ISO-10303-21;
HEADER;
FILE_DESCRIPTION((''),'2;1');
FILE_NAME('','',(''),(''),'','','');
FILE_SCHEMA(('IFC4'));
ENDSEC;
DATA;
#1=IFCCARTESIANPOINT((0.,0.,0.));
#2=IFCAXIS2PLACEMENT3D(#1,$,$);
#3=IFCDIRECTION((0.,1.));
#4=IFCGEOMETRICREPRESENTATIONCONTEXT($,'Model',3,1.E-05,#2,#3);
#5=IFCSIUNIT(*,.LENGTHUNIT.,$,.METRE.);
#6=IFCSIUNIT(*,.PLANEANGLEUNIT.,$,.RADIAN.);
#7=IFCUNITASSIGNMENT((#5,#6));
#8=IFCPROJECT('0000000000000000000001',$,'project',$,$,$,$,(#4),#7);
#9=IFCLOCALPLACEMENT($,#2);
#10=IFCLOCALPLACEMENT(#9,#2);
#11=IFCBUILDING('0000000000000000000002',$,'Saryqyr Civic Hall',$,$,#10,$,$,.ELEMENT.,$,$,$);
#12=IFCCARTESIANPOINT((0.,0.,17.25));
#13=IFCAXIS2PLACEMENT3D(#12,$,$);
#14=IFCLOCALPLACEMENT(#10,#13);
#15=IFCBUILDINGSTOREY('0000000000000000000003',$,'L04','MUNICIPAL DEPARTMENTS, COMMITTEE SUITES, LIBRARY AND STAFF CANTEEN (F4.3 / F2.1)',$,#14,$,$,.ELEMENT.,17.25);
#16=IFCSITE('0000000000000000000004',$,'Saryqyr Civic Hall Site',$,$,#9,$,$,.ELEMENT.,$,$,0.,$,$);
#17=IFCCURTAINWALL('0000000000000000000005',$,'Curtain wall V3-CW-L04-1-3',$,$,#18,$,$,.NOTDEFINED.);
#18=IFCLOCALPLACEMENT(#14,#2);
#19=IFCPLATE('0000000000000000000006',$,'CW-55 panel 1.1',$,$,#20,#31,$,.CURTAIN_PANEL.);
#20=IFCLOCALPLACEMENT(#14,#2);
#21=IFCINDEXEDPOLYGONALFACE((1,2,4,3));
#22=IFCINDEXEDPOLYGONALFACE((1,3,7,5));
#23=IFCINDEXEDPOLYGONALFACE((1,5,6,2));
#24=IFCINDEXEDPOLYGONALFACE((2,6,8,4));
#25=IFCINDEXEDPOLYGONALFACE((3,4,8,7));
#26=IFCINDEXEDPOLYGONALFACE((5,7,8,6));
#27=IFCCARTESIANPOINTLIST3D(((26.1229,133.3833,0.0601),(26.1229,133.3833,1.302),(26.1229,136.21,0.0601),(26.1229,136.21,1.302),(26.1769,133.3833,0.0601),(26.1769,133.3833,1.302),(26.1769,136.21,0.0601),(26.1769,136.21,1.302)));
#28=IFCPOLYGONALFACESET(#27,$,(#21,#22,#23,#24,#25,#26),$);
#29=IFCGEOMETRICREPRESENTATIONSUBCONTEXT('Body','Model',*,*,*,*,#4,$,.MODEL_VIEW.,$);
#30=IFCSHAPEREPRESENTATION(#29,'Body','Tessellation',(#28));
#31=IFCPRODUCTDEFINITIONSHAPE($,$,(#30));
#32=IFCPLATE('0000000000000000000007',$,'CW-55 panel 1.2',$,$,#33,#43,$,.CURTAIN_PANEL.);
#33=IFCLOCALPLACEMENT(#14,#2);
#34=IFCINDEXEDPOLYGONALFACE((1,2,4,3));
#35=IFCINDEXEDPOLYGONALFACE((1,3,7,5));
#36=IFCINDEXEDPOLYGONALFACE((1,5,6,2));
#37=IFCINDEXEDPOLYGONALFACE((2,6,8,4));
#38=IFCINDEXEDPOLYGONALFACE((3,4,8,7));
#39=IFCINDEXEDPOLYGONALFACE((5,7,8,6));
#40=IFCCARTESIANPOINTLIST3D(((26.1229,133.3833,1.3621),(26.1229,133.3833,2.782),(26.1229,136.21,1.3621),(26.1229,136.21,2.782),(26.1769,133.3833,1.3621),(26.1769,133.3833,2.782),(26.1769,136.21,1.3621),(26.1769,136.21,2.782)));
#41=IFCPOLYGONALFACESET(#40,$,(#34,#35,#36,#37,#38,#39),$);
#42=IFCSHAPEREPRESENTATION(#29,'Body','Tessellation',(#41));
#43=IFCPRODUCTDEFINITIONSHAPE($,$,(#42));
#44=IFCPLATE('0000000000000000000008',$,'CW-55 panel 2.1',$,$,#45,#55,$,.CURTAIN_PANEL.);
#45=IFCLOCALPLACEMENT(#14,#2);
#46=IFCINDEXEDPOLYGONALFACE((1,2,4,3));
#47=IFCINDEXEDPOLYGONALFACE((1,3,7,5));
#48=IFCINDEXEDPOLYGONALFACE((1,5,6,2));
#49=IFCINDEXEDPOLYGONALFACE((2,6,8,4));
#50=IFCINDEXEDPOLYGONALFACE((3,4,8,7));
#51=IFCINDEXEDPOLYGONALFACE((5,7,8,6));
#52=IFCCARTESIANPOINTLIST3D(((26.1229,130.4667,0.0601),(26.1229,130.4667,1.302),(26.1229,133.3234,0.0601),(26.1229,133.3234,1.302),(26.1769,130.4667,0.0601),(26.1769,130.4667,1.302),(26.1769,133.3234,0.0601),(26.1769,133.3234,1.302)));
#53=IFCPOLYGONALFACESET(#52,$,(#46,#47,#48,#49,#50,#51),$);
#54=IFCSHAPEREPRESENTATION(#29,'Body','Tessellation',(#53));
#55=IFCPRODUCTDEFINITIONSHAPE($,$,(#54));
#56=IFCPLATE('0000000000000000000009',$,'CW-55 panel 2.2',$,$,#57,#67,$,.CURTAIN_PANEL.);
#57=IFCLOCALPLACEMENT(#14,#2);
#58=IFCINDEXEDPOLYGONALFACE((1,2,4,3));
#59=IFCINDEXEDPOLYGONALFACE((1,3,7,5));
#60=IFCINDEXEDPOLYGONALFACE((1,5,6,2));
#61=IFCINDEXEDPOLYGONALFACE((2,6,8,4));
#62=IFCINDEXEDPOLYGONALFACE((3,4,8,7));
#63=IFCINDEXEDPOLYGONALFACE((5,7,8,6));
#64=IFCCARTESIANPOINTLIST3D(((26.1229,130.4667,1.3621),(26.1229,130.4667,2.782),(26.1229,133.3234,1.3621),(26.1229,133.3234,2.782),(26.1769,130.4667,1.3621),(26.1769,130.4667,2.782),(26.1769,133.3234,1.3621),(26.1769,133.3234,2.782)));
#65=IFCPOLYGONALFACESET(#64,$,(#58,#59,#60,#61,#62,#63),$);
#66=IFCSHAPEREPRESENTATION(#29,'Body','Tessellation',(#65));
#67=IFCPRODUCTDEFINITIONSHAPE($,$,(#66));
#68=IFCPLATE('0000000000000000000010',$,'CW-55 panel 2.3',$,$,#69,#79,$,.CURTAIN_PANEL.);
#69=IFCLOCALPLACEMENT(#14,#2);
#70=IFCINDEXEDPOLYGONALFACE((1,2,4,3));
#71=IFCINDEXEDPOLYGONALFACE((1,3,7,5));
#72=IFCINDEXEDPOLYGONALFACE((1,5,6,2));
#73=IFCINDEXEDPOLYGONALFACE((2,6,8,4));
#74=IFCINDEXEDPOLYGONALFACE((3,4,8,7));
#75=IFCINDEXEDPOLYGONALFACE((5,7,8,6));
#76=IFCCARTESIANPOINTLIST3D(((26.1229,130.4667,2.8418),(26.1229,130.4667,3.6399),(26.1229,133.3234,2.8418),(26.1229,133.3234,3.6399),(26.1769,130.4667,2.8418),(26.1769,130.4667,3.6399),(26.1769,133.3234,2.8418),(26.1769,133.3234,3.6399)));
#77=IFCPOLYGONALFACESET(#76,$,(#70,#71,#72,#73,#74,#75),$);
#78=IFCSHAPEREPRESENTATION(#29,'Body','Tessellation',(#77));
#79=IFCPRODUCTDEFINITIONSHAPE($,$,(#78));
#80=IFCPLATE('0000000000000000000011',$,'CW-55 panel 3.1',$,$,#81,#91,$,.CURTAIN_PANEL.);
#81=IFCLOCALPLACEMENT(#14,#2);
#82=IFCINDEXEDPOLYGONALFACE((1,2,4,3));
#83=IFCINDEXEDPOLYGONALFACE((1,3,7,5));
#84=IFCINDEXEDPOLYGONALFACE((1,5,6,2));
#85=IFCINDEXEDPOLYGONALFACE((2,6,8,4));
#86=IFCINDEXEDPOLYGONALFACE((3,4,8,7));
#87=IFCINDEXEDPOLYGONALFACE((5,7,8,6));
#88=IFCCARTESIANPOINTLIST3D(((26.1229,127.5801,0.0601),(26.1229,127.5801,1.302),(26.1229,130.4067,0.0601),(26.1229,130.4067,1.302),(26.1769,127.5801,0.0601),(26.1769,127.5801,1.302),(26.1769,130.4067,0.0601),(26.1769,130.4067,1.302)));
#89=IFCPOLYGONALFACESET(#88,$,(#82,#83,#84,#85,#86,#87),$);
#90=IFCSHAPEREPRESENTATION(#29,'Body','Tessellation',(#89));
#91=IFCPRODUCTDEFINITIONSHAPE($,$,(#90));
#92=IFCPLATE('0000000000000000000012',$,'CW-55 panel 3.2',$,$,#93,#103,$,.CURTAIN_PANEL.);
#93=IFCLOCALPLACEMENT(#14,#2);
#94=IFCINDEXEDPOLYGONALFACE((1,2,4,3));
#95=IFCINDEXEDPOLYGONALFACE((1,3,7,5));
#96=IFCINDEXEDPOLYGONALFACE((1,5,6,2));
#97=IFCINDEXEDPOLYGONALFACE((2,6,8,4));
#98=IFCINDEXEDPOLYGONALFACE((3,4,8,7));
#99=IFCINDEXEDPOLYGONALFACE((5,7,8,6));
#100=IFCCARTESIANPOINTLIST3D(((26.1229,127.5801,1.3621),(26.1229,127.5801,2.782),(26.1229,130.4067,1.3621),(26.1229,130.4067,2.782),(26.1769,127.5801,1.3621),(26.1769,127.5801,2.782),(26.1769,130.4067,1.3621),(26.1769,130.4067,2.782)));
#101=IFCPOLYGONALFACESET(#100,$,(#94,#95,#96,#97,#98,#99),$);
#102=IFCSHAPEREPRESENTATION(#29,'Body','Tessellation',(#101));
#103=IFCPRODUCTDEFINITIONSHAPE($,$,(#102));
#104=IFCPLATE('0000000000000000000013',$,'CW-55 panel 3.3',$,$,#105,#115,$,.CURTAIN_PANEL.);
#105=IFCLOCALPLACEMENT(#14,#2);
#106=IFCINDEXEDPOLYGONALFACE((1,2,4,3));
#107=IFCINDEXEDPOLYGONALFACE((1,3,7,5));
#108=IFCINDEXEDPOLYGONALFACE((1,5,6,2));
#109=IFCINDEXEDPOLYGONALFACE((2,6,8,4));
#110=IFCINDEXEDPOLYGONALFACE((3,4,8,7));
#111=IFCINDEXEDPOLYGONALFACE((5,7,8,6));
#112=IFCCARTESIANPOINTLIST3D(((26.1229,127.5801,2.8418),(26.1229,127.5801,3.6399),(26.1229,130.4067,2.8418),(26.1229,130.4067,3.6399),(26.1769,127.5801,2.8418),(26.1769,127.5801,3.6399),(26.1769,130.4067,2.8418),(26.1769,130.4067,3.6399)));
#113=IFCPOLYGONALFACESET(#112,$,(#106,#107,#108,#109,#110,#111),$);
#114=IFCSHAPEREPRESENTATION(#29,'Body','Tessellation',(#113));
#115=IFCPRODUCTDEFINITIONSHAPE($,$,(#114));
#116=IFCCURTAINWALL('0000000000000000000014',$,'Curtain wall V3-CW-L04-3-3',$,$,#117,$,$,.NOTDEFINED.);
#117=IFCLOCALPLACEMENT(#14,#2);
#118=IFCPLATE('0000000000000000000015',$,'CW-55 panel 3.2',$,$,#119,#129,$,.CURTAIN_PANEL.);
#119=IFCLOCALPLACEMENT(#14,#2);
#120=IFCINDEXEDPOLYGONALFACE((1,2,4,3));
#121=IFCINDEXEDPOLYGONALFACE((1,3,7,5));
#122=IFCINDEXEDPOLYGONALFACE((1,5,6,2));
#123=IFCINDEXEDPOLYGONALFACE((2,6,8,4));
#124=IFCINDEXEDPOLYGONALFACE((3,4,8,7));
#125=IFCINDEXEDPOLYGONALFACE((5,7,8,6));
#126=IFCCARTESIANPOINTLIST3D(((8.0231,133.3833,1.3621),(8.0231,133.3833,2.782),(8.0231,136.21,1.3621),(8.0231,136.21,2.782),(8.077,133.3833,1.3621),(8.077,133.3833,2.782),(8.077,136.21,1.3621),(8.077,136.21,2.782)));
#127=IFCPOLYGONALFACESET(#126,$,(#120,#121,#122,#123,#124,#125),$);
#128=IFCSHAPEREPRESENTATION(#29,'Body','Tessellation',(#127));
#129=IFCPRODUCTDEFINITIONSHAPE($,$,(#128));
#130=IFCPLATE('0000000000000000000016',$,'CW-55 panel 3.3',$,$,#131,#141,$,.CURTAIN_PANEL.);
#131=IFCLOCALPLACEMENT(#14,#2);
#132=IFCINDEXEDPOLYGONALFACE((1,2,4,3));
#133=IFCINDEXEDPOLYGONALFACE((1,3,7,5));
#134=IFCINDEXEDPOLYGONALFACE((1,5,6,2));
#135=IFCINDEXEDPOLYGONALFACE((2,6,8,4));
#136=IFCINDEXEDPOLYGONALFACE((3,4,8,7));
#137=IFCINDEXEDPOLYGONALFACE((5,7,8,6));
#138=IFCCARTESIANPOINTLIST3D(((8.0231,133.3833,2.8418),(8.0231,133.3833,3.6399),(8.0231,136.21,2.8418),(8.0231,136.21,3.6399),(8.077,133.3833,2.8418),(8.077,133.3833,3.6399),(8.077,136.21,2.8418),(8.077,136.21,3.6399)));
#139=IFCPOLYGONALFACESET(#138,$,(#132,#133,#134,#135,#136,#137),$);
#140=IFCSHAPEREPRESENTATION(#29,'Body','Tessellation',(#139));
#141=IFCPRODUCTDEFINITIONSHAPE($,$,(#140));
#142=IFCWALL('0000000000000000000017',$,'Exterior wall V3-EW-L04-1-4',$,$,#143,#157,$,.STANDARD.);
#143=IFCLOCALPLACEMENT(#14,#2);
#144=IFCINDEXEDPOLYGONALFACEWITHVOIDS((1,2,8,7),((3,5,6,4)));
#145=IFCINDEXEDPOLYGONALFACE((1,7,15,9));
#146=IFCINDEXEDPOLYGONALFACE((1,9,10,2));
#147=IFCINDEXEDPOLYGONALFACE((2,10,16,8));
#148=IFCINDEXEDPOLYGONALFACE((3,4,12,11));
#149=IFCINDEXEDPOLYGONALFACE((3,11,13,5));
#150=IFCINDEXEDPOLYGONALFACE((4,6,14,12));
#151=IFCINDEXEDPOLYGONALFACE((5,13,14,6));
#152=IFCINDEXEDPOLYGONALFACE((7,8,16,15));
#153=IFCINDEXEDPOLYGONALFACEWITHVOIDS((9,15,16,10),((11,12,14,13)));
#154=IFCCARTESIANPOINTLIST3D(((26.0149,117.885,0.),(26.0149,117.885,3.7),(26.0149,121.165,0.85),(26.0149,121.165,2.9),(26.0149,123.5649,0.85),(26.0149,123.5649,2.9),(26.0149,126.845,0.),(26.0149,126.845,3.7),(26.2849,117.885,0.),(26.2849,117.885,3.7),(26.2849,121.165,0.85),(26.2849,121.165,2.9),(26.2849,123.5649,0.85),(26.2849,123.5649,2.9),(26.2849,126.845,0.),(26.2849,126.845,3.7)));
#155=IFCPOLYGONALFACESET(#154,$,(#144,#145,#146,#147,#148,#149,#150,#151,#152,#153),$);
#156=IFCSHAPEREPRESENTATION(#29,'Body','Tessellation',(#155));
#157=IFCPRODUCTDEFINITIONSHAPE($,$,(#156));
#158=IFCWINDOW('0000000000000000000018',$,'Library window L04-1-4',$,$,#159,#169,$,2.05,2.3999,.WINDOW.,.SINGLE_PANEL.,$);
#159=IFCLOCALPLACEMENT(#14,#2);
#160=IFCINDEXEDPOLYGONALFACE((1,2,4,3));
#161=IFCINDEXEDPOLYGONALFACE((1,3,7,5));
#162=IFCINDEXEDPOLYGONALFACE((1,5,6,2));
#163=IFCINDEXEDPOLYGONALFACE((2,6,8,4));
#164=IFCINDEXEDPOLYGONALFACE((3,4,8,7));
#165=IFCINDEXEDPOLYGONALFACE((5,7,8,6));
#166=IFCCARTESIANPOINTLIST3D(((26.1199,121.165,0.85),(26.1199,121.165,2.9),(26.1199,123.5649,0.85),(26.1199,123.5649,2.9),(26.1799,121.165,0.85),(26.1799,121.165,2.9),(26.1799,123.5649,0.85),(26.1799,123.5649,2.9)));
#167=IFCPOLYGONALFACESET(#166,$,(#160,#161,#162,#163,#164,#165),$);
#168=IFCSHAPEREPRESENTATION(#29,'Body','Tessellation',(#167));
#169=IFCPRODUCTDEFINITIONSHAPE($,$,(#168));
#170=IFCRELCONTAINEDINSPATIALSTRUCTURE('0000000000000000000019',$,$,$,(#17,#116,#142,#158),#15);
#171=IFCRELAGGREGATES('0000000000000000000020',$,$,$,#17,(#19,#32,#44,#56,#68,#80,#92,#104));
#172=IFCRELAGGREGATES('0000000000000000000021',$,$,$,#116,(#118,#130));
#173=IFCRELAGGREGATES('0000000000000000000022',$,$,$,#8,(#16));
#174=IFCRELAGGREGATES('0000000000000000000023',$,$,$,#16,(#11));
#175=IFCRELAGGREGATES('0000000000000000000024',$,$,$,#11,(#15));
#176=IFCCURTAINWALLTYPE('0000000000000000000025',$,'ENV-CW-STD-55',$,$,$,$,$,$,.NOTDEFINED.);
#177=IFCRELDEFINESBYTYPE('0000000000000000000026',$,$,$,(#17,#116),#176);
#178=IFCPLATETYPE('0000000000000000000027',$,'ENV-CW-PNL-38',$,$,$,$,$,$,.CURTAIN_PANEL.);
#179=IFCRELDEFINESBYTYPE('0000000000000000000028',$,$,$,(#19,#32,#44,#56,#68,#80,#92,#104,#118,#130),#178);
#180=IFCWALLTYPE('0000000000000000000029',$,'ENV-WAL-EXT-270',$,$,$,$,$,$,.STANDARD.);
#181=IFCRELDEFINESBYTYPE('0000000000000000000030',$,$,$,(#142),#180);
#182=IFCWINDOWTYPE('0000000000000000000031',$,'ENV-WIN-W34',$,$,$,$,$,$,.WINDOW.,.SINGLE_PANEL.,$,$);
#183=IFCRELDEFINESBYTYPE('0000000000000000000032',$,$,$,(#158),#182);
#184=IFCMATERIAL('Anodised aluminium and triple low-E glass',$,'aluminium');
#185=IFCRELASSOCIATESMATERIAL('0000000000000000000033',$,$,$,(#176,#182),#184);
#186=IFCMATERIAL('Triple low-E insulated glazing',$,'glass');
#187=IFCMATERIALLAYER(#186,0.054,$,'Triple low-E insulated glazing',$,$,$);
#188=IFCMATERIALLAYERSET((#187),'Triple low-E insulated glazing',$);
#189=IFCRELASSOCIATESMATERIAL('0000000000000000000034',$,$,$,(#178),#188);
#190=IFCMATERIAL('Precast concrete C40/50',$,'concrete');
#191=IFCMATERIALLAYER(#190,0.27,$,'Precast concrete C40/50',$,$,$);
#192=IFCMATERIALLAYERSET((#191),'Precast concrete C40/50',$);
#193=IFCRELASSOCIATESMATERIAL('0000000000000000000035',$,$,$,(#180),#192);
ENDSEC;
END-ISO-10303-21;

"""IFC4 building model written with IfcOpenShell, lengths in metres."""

from ifc_helpers import new_model, si_unit, direction, frame, frame_2d, origin, origin_2d, place, context, subcontext, project, spatial, rectangle, extrude, material, layer, layer_set, type_object, element, fill, aggregate, save


model = new_model("IFC4")

# Units and contexts
model_context = context("Model", 3, precision=1e-05, world=origin(), true_north=direction((0.0, 1.0)))
body_context = subcontext(model_context, "Body", "Model", "MODEL_VIEW")
ifc_project = project(units=[si_unit("LENGTHUNIT", "METRE"), si_unit("PLANEANGLEUNIT", "RADIAN")], contexts=[model_context])

# Site, building, storey
site_placement = place(None, origin())
site = spatial("IfcSite", under=ifc_project, at=site_placement, Name="Saryqyr Civic Hall Site", CompositionType="ELEMENT", RefElevation=0.0)
building_placement = place(site_placement, origin())
building = spatial("IfcBuilding", under=site, at=building_placement, Name="Saryqyr Civic Hall", CompositionType="ELEMENT")
storey_placement = place(building_placement, frame((0.0, 0.0, 17.25)))
storey = spatial("IfcBuildingStorey", under=building, at=storey_placement, Name="L04", Description="MUNICIPAL DEPARTMENTS, COMMITTEE SUITES, LIBRARY AND STAFF CANTEEN (F4.3 / F2.1)", CompositionType="ELEMENT", Elevation=17.25)

# Curtain wall
ifc_material_1 = material(Name="Anodised aluminium and triple low-E glass", Category="aluminium")
curtain_wall_type = type_object("IfcCurtainWallType", Name="ENV-CW-STD-55", PredefinedType="NOTDEFINED", material=ifc_material_1)
curtain_wall_1_placement = place(storey_placement, origin())
curtain_wall_1 = element("IfcCurtainWall", 1, at=curtain_wall_1_placement, inside=storey, type_object=curtain_wall_type, Name="Curtain wall V3-CW-L04-1-3", PredefinedType="NOTDEFINED")

# Plates
ifc_material_2 = material(Name="Triple low-E insulated glazing", Category="glass")
ifc_layer_1 = layer(ifc_material_2, 0.054, Name="Triple low-E insulated glazing")
ifc_layer_set_1 = layer_set([ifc_layer_1], Name="Triple low-E insulated glazing")
plate_type = type_object("IfcPlateType", Name="ENV-CW-PNL-38", PredefinedType="CURTAIN_PANEL", material=ifc_layer_set_1)
plate_1_placement = place(storey_placement, frame((26.1499, 134.7966, 0.0601), z_axis=(0.0, 0.0, 1.0), x_axis=(0.0, -1.0, 0.0)))
plate_1 = element("IfcPlate", 2, at=plate_1_placement, type_object=plate_type, Name="CW-55 panel 1.1", PredefinedType="CURTAIN_PANEL", context=body_context, shape_type="SweptSolid", body=[
    extrude(rectangle(XDim=2.8267, YDim=0.054, at=origin_2d()), origin(), (0.0, 0.0, 1.0), 1.2419),
])
plate_2_placement = place(storey_placement, frame((26.1499, 134.7966, 1.3621), z_axis=(0.0, 0.0, 1.0), x_axis=(0.0, -1.0, 0.0)))
plate_2 = element("IfcPlate", 3, at=plate_2_placement, type_object=plate_type, Name="CW-55 panel 1.2", PredefinedType="CURTAIN_PANEL", context=body_context, shape_type="SweptSolid", body=[
    extrude(rectangle(XDim=2.8267, YDim=0.054, at=origin_2d()), origin(), (0.0, 0.0, 1.0), 1.4199),
])
plate_3_placement = place(storey_placement, frame((26.1499, 131.895, 0.0601), z_axis=(0.0, 0.0, 1.0), x_axis=(0.0, -1.0, 0.0)))
plate_3 = element("IfcPlate", 4, at=plate_3_placement, type_object=plate_type, Name="CW-55 panel 2.1", PredefinedType="CURTAIN_PANEL", context=body_context, shape_type="SweptSolid", body=[
    extrude(rectangle(XDim=2.8567, YDim=0.054, at=origin_2d()), origin(), (0.0, 0.0, 1.0), 1.2419),
])
plate_4_placement = place(storey_placement, frame((26.1499, 131.895, 1.3621), z_axis=(0.0, 0.0, 1.0), x_axis=(0.0, -1.0, 0.0)))
plate_4 = element("IfcPlate", 5, at=plate_4_placement, type_object=plate_type, Name="CW-55 panel 2.2", PredefinedType="CURTAIN_PANEL", context=body_context, shape_type="SweptSolid", body=[
    extrude(rectangle(XDim=2.8567, YDim=0.054, at=origin_2d()), origin(), (0.0, 0.0, 1.0), 1.4199),
])
plate_5_placement = place(storey_placement, frame((26.1499, 131.895, 2.8418), z_axis=(0.0, 0.0, 1.0), x_axis=(0.0, -1.0, 0.0)))
plate_5 = element("IfcPlate", 6, at=plate_5_placement, type_object=plate_type, Name="CW-55 panel 2.3", PredefinedType="CURTAIN_PANEL", context=body_context, shape_type="SweptSolid", body=[
    extrude(rectangle(XDim=2.8567, YDim=0.054, at=origin_2d()), origin(), (0.0, 0.0, 1.0), 0.7981),
])
plate_6_placement = place(storey_placement, frame((26.1499, 128.9934, 0.0601), z_axis=(0.0, 0.0, 1.0), x_axis=(0.0, -1.0, 0.0)))
plate_6 = element("IfcPlate", 7, at=plate_6_placement, type_object=plate_type, Name="CW-55 panel 3.1", PredefinedType="CURTAIN_PANEL", context=body_context, shape_type="SweptSolid", body=[
    extrude(rectangle(XDim=2.8267, YDim=0.054, at=origin_2d()), origin(), (0.0, 0.0, 1.0), 1.2419),
])
plate_7_placement = place(storey_placement, frame((26.1499, 128.9934, 1.3621), z_axis=(0.0, 0.0, 1.0), x_axis=(0.0, -1.0, 0.0)))
plate_7 = element("IfcPlate", 8, at=plate_7_placement, type_object=plate_type, Name="CW-55 panel 3.2", PredefinedType="CURTAIN_PANEL", context=body_context, shape_type="SweptSolid", body=[
    extrude(rectangle(XDim=2.8267, YDim=0.054, at=origin_2d()), origin(), (0.0, 0.0, 1.0), 1.4199),
])
plate_8_placement = place(storey_placement, frame((26.1499, 128.9934, 2.8418), z_axis=(0.0, 0.0, 1.0), x_axis=(0.0, -1.0, 0.0)))
plate_8 = element("IfcPlate", 9, at=plate_8_placement, type_object=plate_type, Name="CW-55 panel 3.3", PredefinedType="CURTAIN_PANEL", context=body_context, shape_type="SweptSolid", body=[
    extrude(rectangle(XDim=2.8267, YDim=0.054, at=origin_2d()), origin(), (0.0, 0.0, 1.0), 0.7981),
])
aggregate(curtain_wall_1, [plate_1, plate_2, plate_3, plate_4, plate_5, plate_6, plate_7, plate_8])

# Curtain wall, plates
curtain_wall_2_placement = place(storey_placement, origin())
curtain_wall_2 = element("IfcCurtainWall", 10, at=curtain_wall_2_placement, inside=storey, type_object=curtain_wall_type, Name="Curtain wall V3-CW-L04-3-3", PredefinedType="NOTDEFINED")
plate_9_placement = place(storey_placement, frame((8.05, 134.7966, 1.3621), z_axis=(0.0, 0.0, 1.0), x_axis=(0.0, 1.0, 0.0)))
plate_9 = element("IfcPlate", 11, at=plate_9_placement, type_object=plate_type, Name="CW-55 panel 3.2", PredefinedType="CURTAIN_PANEL", context=body_context, shape_type="SweptSolid", body=[
    extrude(rectangle(XDim=2.8267, YDim=0.054, at=origin_2d()), origin(), (0.0, 0.0, 1.0), 1.4199),
])
plate_10_placement = place(storey_placement, frame((8.05, 134.7966, 2.8418), z_axis=(0.0, 0.0, 1.0), x_axis=(0.0, 1.0, 0.0)))
plate_10 = element("IfcPlate", 12, at=plate_10_placement, type_object=plate_type, Name="CW-55 panel 3.3", PredefinedType="CURTAIN_PANEL", context=body_context, shape_type="SweptSolid", body=[
    extrude(rectangle(XDim=2.8267, YDim=0.054, at=origin_2d()), origin(), (0.0, 0.0, 1.0), 0.7981),
])
aggregate(curtain_wall_2, [plate_9, plate_10])

# Wall, opening, window
ifc_material_3 = material(Name="Precast concrete C40/50", Category="concrete")
ifc_layer_2 = layer(ifc_material_3, 0.27, Name="Precast concrete C40/50")
ifc_layer_set_2 = layer_set([ifc_layer_2], Name="Precast concrete C40/50")
wall_type_1 = type_object("IfcWallType", Name="ENV-WAL-EXT-270", PredefinedType="STANDARD", material=ifc_layer_set_2)
wall_1_placement = place(storey_placement, frame((26.1499, 126.845, 0.0), z_axis=(0.0, 0.0, 1.0), x_axis=(0.0, -1.0, 0.0)))
wall_1 = element("IfcWall", 13, at=wall_1_placement, inside=storey, type_object=wall_type_1, Name="Exterior wall V3-EW-L04-1-4", PredefinedType="STANDARD", context=body_context, shape_type="SweptSolid", body=[
    extrude(rectangle(XDim=8.96, YDim=0.27, at=frame_2d((4.48, 0.0))), origin(), (0.0, 0.0, 1.0), 3.7),
])
opening_1_placement = place(wall_1_placement, frame((3.28, 0.0, 0.8501)))
opening_1 = element("IfcOpeningElement", 14, at=opening_1_placement, cuts=wall_1, PredefinedType="OPENING", context=body_context, shape_type="SweptSolid", body=[
    extrude(rectangle(XDim=2.3999, YDim=2.05, at=frame_2d((1.2, 1.0249))), frame((0.0, 0.145, 0.0), z_axis=(0.0, -1.0, 0.0), x_axis=(1.0, 0.0, 0.0)), (0.0, 0.0, 1.0), 0.29),
])
window_type = type_object("IfcWindowType", Name="ENV-WIN-W34", PartitioningType="SINGLE_PANEL", PredefinedType="WINDOW", material=ifc_material_1)
window_placement = place(opening_1_placement, origin())
window = element("IfcWindow", 15, at=window_placement, inside=storey, type_object=window_type, Name="Library window L04-1-4", OverallHeight=2.05, OverallWidth=2.3999, PartitioningType="SINGLE_PANEL", PredefinedType="WINDOW", context=body_context, shape_type="SweptSolid", body=[
    extrude(rectangle(XDim=2.3999, YDim=2.05, at=frame_2d((1.2, 1.0249))), frame((0.0, 0.03, 0.0), z_axis=(0.0, -1.0, 0.0), x_axis=(1.0, 0.0, 0.0)), (0.0, 0.0, 1.0), 0.0601),
])
fill(opening_1, window)

save(model, "model.ifc")
